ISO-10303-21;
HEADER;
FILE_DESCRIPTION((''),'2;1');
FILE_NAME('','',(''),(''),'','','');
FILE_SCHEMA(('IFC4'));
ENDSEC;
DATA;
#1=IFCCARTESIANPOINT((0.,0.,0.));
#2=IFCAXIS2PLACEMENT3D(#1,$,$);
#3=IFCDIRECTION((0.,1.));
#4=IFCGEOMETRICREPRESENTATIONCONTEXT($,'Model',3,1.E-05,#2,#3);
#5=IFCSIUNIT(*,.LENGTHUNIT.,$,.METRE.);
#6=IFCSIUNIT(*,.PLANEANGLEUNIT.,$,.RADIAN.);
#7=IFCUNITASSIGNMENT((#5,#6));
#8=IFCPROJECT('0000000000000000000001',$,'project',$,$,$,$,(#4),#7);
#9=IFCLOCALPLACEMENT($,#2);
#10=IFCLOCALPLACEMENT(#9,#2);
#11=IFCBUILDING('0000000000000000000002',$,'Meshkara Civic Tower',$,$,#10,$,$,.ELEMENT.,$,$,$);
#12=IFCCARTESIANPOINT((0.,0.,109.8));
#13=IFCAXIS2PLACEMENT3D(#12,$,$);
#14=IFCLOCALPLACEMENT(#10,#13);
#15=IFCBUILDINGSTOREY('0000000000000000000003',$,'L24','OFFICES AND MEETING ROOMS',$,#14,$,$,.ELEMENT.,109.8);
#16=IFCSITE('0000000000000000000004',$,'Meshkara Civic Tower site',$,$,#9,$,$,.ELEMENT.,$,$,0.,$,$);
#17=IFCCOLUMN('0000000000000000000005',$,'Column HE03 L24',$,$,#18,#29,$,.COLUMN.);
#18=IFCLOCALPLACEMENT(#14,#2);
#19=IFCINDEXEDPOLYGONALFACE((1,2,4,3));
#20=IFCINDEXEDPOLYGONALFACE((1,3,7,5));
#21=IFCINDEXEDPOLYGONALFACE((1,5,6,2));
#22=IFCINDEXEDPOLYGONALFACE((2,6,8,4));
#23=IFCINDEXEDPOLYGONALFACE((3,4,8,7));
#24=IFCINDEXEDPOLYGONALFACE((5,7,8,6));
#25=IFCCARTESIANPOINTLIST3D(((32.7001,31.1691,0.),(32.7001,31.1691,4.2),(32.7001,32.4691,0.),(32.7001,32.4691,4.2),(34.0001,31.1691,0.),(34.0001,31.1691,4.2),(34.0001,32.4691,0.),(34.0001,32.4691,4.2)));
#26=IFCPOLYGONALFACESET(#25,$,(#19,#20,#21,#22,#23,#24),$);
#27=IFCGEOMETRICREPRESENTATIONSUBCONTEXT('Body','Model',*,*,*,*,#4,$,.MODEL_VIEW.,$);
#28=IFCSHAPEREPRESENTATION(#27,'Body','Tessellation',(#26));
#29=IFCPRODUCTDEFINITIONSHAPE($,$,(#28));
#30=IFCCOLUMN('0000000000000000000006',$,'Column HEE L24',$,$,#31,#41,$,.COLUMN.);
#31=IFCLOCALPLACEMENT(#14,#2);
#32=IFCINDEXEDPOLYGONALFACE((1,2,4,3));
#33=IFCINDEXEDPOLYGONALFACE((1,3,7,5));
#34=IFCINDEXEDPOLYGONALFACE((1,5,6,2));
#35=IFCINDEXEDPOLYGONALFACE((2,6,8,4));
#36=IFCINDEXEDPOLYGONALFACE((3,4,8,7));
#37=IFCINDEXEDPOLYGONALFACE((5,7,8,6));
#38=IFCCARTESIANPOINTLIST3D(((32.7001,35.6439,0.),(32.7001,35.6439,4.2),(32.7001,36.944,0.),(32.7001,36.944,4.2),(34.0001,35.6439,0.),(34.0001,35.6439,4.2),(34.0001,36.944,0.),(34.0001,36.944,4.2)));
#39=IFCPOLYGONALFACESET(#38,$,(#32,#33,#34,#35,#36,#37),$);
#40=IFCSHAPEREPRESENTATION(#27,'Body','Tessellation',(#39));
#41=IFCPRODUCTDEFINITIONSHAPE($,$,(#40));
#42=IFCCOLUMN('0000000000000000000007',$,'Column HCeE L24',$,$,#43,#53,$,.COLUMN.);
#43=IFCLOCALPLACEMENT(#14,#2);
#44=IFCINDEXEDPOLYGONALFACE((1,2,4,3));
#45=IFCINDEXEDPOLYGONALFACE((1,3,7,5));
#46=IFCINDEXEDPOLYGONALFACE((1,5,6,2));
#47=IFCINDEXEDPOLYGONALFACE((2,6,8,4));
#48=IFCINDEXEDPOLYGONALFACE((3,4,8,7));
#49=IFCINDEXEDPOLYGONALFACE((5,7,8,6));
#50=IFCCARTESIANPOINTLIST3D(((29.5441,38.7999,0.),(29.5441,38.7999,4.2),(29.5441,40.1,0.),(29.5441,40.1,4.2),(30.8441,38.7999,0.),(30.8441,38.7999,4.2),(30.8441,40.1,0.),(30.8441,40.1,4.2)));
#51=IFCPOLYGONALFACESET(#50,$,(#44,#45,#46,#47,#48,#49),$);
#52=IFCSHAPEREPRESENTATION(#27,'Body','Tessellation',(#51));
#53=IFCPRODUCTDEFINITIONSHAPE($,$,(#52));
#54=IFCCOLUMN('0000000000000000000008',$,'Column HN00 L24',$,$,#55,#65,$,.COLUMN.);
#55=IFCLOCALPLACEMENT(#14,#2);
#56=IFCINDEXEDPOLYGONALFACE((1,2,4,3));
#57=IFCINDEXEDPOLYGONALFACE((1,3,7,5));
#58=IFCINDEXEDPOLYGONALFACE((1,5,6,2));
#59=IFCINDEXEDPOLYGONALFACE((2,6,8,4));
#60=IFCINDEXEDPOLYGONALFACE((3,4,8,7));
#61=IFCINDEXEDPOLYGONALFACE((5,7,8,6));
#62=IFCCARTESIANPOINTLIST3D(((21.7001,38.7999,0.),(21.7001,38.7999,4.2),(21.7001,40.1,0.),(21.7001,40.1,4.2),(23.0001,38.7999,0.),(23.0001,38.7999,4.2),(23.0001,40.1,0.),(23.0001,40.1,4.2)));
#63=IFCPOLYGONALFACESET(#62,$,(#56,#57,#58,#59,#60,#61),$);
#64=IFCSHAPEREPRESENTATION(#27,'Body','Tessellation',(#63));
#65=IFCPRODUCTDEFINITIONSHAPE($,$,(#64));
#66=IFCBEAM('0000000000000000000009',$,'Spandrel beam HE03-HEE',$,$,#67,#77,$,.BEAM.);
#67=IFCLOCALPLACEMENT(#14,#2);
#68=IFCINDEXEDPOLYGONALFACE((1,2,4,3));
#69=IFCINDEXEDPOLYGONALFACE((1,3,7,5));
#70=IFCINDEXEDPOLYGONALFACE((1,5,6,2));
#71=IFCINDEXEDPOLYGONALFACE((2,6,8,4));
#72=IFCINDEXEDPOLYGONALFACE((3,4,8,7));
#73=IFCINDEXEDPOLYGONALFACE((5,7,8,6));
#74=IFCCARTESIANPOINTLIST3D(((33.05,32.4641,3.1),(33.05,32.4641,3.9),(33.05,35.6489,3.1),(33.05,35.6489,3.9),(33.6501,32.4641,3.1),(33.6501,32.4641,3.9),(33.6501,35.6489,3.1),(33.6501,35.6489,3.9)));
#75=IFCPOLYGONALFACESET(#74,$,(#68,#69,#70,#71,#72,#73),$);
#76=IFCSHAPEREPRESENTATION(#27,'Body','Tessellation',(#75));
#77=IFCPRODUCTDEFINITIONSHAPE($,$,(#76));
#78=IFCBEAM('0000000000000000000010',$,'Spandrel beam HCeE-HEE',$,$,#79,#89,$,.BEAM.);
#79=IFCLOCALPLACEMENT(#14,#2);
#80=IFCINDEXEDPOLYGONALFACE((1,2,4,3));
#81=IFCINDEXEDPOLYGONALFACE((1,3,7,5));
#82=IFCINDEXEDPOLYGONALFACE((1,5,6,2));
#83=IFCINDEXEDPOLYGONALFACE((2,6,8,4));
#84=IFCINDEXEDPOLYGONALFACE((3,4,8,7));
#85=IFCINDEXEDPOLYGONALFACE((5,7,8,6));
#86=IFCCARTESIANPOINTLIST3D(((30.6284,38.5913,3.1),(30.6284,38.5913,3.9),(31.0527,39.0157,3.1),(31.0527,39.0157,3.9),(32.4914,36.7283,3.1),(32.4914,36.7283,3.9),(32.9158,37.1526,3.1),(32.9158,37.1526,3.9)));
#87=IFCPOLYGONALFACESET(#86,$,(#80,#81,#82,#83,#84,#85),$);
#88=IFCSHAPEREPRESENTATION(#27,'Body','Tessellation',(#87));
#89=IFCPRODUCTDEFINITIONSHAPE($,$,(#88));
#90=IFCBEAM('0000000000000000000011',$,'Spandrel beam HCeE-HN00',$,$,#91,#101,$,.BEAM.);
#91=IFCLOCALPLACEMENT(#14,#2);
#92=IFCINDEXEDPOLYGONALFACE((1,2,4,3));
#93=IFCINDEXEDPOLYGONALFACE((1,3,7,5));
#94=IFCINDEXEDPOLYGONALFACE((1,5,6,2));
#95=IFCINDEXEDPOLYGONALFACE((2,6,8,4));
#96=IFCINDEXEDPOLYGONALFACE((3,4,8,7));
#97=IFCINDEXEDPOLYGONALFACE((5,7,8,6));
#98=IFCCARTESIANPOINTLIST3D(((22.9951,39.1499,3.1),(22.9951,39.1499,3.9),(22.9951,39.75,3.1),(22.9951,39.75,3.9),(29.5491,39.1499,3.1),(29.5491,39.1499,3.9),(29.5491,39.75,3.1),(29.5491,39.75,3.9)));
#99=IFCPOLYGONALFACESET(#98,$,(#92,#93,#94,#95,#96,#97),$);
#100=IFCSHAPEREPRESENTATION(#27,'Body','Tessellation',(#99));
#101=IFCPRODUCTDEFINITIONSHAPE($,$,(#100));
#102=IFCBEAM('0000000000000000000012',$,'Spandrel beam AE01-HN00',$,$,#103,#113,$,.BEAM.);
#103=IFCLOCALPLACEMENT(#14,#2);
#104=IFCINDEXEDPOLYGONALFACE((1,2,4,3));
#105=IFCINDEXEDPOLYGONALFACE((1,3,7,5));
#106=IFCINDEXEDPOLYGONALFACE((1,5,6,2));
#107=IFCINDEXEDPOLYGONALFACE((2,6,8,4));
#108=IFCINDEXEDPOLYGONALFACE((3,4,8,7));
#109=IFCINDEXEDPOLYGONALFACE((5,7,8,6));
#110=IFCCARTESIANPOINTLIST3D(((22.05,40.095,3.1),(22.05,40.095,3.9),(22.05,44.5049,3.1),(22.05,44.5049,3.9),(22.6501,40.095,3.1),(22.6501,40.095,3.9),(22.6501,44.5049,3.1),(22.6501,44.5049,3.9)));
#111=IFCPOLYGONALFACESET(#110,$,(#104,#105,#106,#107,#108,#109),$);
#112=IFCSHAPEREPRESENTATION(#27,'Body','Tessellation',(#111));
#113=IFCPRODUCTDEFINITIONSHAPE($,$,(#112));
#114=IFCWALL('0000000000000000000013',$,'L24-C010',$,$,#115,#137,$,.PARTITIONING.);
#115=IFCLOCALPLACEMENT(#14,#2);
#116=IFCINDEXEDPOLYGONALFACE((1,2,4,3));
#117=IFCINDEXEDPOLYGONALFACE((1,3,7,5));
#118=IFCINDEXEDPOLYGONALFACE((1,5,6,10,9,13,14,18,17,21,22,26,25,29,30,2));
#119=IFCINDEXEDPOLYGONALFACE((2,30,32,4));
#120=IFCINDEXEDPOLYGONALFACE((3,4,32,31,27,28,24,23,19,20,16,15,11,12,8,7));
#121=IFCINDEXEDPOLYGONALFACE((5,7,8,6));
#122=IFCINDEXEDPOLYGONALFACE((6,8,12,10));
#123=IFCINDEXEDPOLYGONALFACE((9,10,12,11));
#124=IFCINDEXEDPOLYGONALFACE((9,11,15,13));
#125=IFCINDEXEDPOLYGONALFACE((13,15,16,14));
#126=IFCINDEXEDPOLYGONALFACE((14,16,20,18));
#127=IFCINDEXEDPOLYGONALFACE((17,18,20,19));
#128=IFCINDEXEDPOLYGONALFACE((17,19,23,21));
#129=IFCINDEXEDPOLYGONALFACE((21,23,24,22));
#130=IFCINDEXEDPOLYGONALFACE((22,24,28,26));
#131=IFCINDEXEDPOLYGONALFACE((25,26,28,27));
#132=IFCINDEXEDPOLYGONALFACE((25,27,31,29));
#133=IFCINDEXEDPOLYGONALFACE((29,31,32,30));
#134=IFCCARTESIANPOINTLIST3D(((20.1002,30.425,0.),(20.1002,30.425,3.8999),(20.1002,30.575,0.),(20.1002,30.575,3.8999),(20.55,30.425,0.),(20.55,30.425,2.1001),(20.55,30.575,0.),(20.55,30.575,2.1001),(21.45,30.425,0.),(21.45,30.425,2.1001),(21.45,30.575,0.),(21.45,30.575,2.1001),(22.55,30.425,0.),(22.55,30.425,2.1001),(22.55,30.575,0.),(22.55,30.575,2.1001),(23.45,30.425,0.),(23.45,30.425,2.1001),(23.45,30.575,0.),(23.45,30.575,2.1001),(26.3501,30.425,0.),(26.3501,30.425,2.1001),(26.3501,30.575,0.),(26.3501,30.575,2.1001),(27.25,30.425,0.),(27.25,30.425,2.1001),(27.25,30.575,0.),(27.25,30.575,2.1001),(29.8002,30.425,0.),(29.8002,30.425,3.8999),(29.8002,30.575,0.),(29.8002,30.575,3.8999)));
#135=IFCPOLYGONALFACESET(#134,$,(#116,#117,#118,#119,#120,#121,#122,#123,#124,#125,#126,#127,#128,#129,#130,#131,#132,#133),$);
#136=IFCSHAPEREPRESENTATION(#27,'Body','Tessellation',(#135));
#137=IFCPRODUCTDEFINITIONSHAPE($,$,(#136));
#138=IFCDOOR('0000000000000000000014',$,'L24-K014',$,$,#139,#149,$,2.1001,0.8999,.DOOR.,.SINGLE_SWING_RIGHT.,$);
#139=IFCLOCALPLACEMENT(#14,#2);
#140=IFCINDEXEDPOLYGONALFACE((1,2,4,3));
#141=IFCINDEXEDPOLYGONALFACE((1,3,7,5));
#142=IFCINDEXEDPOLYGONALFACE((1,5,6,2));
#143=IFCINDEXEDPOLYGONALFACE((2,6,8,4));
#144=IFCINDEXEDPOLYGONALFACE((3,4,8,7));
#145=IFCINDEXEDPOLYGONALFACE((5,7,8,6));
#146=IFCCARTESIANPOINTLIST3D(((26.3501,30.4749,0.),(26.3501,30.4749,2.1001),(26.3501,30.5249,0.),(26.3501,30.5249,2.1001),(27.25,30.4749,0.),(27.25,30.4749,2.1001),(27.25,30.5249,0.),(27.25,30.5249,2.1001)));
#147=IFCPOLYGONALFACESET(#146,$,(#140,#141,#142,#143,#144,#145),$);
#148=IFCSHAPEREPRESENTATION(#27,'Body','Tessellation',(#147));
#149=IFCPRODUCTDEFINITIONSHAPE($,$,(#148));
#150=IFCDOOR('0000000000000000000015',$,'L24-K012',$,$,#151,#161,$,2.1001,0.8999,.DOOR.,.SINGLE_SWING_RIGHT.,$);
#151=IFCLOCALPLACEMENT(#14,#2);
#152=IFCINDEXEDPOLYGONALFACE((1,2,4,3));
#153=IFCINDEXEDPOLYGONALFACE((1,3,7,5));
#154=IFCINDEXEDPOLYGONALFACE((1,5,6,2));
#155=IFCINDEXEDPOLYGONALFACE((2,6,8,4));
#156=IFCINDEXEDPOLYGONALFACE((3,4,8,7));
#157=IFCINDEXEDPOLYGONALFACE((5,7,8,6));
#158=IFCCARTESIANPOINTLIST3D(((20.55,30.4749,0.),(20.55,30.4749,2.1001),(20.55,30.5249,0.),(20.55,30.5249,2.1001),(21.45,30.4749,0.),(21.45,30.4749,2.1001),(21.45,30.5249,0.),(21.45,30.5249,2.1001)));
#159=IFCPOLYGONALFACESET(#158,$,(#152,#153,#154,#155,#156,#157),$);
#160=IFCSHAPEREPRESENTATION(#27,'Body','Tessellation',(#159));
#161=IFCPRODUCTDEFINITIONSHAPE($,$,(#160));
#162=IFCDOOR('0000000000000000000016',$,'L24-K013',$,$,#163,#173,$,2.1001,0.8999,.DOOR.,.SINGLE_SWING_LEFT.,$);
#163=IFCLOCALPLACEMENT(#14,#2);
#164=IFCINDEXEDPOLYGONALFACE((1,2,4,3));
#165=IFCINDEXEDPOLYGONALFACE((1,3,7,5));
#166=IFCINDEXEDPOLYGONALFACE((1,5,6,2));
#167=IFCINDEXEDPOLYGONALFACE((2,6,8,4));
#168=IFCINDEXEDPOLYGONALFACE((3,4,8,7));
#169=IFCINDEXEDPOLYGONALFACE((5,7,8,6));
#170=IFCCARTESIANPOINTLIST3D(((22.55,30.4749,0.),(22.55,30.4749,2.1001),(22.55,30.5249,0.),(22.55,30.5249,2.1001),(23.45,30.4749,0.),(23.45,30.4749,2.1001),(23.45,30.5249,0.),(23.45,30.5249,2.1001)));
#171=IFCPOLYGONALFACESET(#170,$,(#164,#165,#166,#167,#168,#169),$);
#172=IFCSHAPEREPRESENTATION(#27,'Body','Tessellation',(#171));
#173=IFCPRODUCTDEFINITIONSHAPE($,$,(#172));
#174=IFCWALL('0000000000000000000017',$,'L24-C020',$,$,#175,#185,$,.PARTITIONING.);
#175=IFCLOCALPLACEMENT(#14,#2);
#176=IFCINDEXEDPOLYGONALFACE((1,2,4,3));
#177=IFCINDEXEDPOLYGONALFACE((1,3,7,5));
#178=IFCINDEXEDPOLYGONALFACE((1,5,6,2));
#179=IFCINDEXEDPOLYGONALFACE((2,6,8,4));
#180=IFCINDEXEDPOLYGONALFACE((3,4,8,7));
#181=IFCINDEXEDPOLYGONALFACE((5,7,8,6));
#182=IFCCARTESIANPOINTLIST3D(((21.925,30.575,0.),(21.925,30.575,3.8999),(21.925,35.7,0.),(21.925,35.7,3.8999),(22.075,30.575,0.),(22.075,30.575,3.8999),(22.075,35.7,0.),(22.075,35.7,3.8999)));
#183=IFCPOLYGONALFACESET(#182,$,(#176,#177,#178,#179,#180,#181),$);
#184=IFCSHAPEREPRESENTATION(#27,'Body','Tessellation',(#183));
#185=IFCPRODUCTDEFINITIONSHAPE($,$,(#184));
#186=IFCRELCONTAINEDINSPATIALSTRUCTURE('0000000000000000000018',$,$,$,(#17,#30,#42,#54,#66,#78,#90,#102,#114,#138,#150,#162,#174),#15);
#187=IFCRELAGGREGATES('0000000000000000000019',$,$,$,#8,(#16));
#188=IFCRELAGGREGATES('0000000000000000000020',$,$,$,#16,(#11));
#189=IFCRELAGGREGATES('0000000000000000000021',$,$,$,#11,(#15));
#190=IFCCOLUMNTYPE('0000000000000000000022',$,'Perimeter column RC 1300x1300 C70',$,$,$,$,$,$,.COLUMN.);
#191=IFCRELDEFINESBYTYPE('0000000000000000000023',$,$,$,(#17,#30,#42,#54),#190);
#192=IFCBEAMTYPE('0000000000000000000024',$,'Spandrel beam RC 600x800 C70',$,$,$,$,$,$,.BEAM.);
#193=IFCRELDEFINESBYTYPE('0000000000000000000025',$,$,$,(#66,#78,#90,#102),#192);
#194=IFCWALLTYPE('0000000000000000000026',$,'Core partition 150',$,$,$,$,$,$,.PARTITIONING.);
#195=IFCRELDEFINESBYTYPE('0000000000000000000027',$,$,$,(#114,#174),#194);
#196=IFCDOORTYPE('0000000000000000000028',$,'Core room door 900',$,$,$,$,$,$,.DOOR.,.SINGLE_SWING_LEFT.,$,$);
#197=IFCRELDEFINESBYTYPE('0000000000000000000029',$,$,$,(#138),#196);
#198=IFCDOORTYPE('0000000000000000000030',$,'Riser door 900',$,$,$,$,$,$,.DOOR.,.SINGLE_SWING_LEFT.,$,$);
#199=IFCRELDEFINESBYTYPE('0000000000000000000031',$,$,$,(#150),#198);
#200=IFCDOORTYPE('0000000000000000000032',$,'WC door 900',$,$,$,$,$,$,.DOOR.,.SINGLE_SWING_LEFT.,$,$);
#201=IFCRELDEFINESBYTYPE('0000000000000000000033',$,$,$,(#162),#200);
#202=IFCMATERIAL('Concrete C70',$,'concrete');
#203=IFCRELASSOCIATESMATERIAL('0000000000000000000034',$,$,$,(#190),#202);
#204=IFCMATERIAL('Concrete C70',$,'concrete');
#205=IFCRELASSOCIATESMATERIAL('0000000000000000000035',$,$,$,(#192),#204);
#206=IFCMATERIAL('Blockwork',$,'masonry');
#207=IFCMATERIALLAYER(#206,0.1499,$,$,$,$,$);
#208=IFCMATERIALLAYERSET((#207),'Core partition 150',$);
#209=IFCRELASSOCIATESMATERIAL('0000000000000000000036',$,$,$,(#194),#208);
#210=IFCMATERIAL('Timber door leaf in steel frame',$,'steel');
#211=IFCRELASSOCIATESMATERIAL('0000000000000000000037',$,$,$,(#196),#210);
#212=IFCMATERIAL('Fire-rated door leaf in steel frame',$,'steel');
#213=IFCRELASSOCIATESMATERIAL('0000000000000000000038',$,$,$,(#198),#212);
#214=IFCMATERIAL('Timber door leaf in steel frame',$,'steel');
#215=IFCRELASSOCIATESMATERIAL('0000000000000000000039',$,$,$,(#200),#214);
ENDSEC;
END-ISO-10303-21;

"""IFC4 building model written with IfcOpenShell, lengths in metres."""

from ifc_helpers import new_model, si_unit, direction, frame, frame_2d, origin, origin_2d, place, context, subcontext, project, spatial, rectangle, extrude, material, layer, layer_set, material_profile, profile_set, type_object, element, fill, save


model = new_model("IFC4")

# Units and contexts
model_context = context("Model", 3, precision=1e-05, world=origin(), true_north=direction((0.0, 1.0)))
body_context = subcontext(model_context, "Body", "Model", "MODEL_VIEW")
ifc_project = project(units=[si_unit("LENGTHUNIT", "METRE"), si_unit("PLANEANGLEUNIT", "RADIAN")], contexts=[model_context])

# Site, building, storey
site_placement = place(None, origin())
site = spatial("IfcSite", under=ifc_project, at=site_placement, Name="Meshkara Civic Tower site", CompositionType="ELEMENT", RefElevation=0.0)
building_placement = place(site_placement, origin())
building = spatial("IfcBuilding", under=site, at=building_placement, Name="Meshkara Civic Tower", CompositionType="ELEMENT")
storey_placement = place(building_placement, frame((0.0, 0.0, 109.8)))
storey = spatial("IfcBuildingStorey", under=building, at=storey_placement, Name="L24", Description="OFFICES AND MEETING ROOMS", CompositionType="ELEMENT", Elevation=109.8)

# Columns
ifc_material_1 = material(Name="Concrete C70", Category="concrete")
ifc_material_profile_1 = material_profile(ifc_material_1, rectangle(XDim=1.3, YDim=1.3, at=origin_2d()))
ifc_profile_set_1 = profile_set([ifc_material_profile_1], Name="Concrete C70")
column_type = type_object("IfcColumnType", Name="Perimeter column RC 1300x1300 C70", PredefinedType="COLUMN", material=ifc_profile_set_1)
for number, where, z_axis, x_axis, name in (
    (1, (33.3501, 31.8191, 0.0), (0.0, 0.0, 1.0), (1.0, 0.0, 0.0), "Column HE03 L24"),
    (2, (33.3501, 36.2939, 0.0), (0.0, 0.0, 1.0), (1.0, 0.0, 0.0), "Column HEE L24"),
    (3, (30.1941, 39.45, 0.0), (0.0, 0.0, 1.0), (1.0, 0.0, 0.0), "Column HCeE L24"),
    (4, (22.3501, 39.45, 0.0), (0.0, 0.0, 1.0), (1.0, 0.0, 0.0), "Column HN00 L24"),
):
    element("IfcColumn", number, at=place(storey_placement, frame(where, z_axis=z_axis, x_axis=x_axis)), inside=storey, type_object=column_type, Name=name, PredefinedType="COLUMN", context=body_context, shape_type="SweptSolid", body=[
        extrude(rectangle(XDim=1.3, YDim=1.3, at=origin_2d()), origin(), (0.0, 0.0, 1.0), 4.2),
    ])

# Beams
ifc_material_2 = material(Name="Concrete C70", Category="concrete")
ifc_material_profile_2 = material_profile(ifc_material_2, rectangle(XDim=0.6001, YDim=0.8, at=origin_2d()))
ifc_profile_set_2 = profile_set([ifc_material_profile_2], Name="Concrete C70")
beam_type = type_object("IfcBeamType", Name="Spandrel beam RC 600x800 C70", PredefinedType="BEAM", material=ifc_profile_set_2)
beam_1_placement = place(storey_placement, frame((33.3501, 32.4641, 3.5), z_axis=(0.0, 1.0, 0.0), x_axis=(-1.0, 0.0, 0.0)))
element("IfcBeam", 5, at=beam_1_placement, inside=storey, type_object=beam_type, Name="Spandrel beam HE03-HEE", PredefinedType="BEAM", context=body_context, shape_type="SweptSolid", body=[
    extrude(rectangle(XDim=0.6001, YDim=0.8, at=origin_2d()), origin(), (0.0, 0.0, 1.0), 3.1848),
])
beam_2_placement = place(storey_placement, frame((32.7036, 36.9404, 3.5), z_axis=(-0.707107, 0.707107, 0.0), x_axis=(-0.707107, -0.707107, 0.0)))
element("IfcBeam", 6, at=beam_2_placement, inside=storey, type_object=beam_type, Name="Spandrel beam HCeE-HEE", PredefinedType="BEAM", context=body_context, shape_type="SweptSolid", body=[
    extrude(rectangle(XDim=0.6001, YDim=0.8, at=origin_2d()), origin(), (0.0, 0.0, 1.0), 2.6348),
])
beam_3_placement = place(storey_placement, frame((29.5491, 39.45, 3.5), z_axis=(-1.0, 0.0, 0.0), x_axis=(0.0, -1.0, 0.0)))
element("IfcBeam", 7, at=beam_3_placement, inside=storey, type_object=beam_type, Name="Spandrel beam HCeE-HN00", PredefinedType="BEAM", context=body_context, shape_type="SweptSolid", body=[
    extrude(rectangle(XDim=0.6001, YDim=0.8, at=origin_2d()), origin(), (0.0, 0.0, 1.0), 6.554),
])
beam_4_placement = place(storey_placement, frame((22.3501, 40.095, 3.5), z_axis=(0.0, 1.0, 0.0), x_axis=(-1.0, 0.0, 0.0)))
element("IfcBeam", 8, at=beam_4_placement, inside=storey, type_object=beam_type, Name="Spandrel beam AE01-HN00", PredefinedType="BEAM", context=body_context, shape_type="SweptSolid", body=[
    extrude(rectangle(XDim=0.6001, YDim=0.8, at=origin_2d()), origin(), (0.0, 0.0, 1.0), 4.4099),
])

# Wall, openings, doors
ifc_material_3 = material(Name="Blockwork", Category="masonry")
ifc_layer_1 = layer(ifc_material_3, 0.1499)
ifc_layer_set_1 = layer_set([ifc_layer_1], Name="Core partition 150")
wall_type_1 = type_object("IfcWallType", Name="Core partition 150", PredefinedType="PARTITIONING", material=ifc_layer_set_1)
wall_1_placement = place(storey_placement, frame((20.1001, 30.5, 0.0), z_axis=(0.0, 0.0, 1.0), x_axis=(1.0, 0.0, 0.0)))
wall_1 = element("IfcWall", 9, at=wall_1_placement, inside=storey, type_object=wall_type_1, Name="L24-C010", PredefinedType="PARTITIONING", context=body_context, shape_type="SweptSolid", body=[
    extrude(rectangle(XDim=9.7, YDim=0.1499, at=frame_2d((4.8501, 0.0))), origin(), (0.0, 0.0, 1.0), 3.8999),
])
opening_1_placement = place(wall_1_placement, frame((0.45, 0.0, 0.0)))
opening_1 = element("IfcOpeningElement", 10, at=opening_1_placement, cuts=wall_1, PredefinedType="OPENING", context=body_context, shape_type="SweptSolid", body=[
    extrude(rectangle(XDim=0.8999, YDim=2.1001, at=frame_2d((0.45, 1.05))), frame((0.0, 0.085, 0.0), z_axis=(0.0, -1.0, 0.0), x_axis=(1.0, 0.0, 0.0)), (0.0, 0.0, 1.0), 0.1699),
])
opening_2_placement = place(wall_1_placement, frame((2.45, 0.0, 0.0)))
opening_2 = element("IfcOpeningElement", 11, at=opening_2_placement, cuts=wall_1, PredefinedType="OPENING", context=body_context, shape_type="SweptSolid", body=[
    extrude(rectangle(XDim=0.8999, YDim=2.1001, at=frame_2d((0.45, 1.05))), frame((0.0, 0.085, 0.0), z_axis=(0.0, -1.0, 0.0), x_axis=(1.0, 0.0, 0.0)), (0.0, 0.0, 1.0), 0.1699),
])
opening_3_placement = place(wall_1_placement, frame((6.25, 0.0, 0.0)))
opening_3 = element("IfcOpeningElement", 12, at=opening_3_placement, cuts=wall_1, PredefinedType="OPENING", context=body_context, shape_type="SweptSolid", body=[
    extrude(rectangle(XDim=0.8999, YDim=2.1001, at=frame_2d((0.45, 1.05))), frame((0.0, 0.085, 0.0), z_axis=(0.0, -1.0, 0.0), x_axis=(1.0, 0.0, 0.0)), (0.0, 0.0, 1.0), 0.1699),
])
ifc_material_4 = material(Name="Timber door leaf in steel frame", Category="steel")
door_type_1 = type_object("IfcDoorType", Name="Core room door 900", OperationType="SINGLE_SWING_LEFT", PredefinedType="DOOR", material=ifc_material_4)
door_1_placement = place(opening_3_placement, origin())
door_1 = element("IfcDoor", 13, at=door_1_placement, inside=storey, type_object=door_type_1, Name="L24-K014", OperationType="SINGLE_SWING_RIGHT", OverallHeight=2.1001, OverallWidth=0.8999, PredefinedType="DOOR", context=body_context, shape_type="SweptSolid", body=[
    extrude(rectangle(XDim=0.8999, YDim=2.1001, at=frame_2d((0.45, 1.05))), frame((0.0, 0.0249, 0.0), z_axis=(0.0, -1.0, 0.0), x_axis=(1.0, 0.0, 0.0)), (0.0, 0.0, 1.0), 0.05),
])
fill(opening_3, door_1)
ifc_material_5 = material(Name="Fire-rated door leaf in steel frame", Category="steel")
door_type_2 = type_object("IfcDoorType", Name="Riser door 900", OperationType="SINGLE_SWING_LEFT", PredefinedType="DOOR", material=ifc_material_5)
door_2_placement = place(opening_1_placement, origin())
door_2 = element("IfcDoor", 14, at=door_2_placement, inside=storey, type_object=door_type_2, Name="L24-K012", OperationType="SINGLE_SWING_RIGHT", OverallHeight=2.1001, OverallWidth=0.8999, PredefinedType="DOOR", context=body_context, shape_type="SweptSolid", body=[
    extrude(rectangle(XDim=0.8999, YDim=2.1001, at=frame_2d((0.45, 1.05))), frame((0.0, 0.0249, 0.0), z_axis=(0.0, -1.0, 0.0), x_axis=(1.0, 0.0, 0.0)), (0.0, 0.0, 1.0), 0.05),
])
fill(opening_1, door_2)
ifc_material_6 = material(Name="Timber door leaf in steel frame", Category="steel")
door_type_3 = type_object("IfcDoorType", Name="WC door 900", OperationType="SINGLE_SWING_LEFT", PredefinedType="DOOR", material=ifc_material_6)
door_3_placement = place(opening_2_placement, origin())
door_3 = element("IfcDoor", 15, at=door_3_placement, inside=storey, type_object=door_type_3, Name="L24-K013", OperationType="SINGLE_SWING_LEFT", OverallHeight=2.1001, OverallWidth=0.8999, PredefinedType="DOOR", context=body_context, shape_type="SweptSolid", body=[
    extrude(rectangle(XDim=0.8999, YDim=2.1001, at=frame_2d((0.45, 1.05))), frame((0.0, 0.0249, 0.0), z_axis=(0.0, -1.0, 0.0), x_axis=(1.0, 0.0, 0.0)), (0.0, 0.0, 1.0), 0.05),
])
fill(opening_2, door_3)

# Wall
for number, where, z_axis, x_axis, name in (
    (16, (22.0, 30.575, 0.0), (0.0, 0.0, 1.0), (0.0, 1.0, 0.0), "L24-C020"),
):
    element("IfcWall", number, at=place(storey_placement, frame(where, z_axis=z_axis, x_axis=x_axis)), inside=storey, type_object=wall_type_1, Name=name, PredefinedType="PARTITIONING", context=body_context, shape_type="SweptSolid", body=[
        extrude(rectangle(XDim=5.125, YDim=0.1499, at=frame_2d((2.5625, 0.0))), origin(), (0.0, 0.0, 1.0), 3.8999),
    ])

save(model, "model.ifc")
